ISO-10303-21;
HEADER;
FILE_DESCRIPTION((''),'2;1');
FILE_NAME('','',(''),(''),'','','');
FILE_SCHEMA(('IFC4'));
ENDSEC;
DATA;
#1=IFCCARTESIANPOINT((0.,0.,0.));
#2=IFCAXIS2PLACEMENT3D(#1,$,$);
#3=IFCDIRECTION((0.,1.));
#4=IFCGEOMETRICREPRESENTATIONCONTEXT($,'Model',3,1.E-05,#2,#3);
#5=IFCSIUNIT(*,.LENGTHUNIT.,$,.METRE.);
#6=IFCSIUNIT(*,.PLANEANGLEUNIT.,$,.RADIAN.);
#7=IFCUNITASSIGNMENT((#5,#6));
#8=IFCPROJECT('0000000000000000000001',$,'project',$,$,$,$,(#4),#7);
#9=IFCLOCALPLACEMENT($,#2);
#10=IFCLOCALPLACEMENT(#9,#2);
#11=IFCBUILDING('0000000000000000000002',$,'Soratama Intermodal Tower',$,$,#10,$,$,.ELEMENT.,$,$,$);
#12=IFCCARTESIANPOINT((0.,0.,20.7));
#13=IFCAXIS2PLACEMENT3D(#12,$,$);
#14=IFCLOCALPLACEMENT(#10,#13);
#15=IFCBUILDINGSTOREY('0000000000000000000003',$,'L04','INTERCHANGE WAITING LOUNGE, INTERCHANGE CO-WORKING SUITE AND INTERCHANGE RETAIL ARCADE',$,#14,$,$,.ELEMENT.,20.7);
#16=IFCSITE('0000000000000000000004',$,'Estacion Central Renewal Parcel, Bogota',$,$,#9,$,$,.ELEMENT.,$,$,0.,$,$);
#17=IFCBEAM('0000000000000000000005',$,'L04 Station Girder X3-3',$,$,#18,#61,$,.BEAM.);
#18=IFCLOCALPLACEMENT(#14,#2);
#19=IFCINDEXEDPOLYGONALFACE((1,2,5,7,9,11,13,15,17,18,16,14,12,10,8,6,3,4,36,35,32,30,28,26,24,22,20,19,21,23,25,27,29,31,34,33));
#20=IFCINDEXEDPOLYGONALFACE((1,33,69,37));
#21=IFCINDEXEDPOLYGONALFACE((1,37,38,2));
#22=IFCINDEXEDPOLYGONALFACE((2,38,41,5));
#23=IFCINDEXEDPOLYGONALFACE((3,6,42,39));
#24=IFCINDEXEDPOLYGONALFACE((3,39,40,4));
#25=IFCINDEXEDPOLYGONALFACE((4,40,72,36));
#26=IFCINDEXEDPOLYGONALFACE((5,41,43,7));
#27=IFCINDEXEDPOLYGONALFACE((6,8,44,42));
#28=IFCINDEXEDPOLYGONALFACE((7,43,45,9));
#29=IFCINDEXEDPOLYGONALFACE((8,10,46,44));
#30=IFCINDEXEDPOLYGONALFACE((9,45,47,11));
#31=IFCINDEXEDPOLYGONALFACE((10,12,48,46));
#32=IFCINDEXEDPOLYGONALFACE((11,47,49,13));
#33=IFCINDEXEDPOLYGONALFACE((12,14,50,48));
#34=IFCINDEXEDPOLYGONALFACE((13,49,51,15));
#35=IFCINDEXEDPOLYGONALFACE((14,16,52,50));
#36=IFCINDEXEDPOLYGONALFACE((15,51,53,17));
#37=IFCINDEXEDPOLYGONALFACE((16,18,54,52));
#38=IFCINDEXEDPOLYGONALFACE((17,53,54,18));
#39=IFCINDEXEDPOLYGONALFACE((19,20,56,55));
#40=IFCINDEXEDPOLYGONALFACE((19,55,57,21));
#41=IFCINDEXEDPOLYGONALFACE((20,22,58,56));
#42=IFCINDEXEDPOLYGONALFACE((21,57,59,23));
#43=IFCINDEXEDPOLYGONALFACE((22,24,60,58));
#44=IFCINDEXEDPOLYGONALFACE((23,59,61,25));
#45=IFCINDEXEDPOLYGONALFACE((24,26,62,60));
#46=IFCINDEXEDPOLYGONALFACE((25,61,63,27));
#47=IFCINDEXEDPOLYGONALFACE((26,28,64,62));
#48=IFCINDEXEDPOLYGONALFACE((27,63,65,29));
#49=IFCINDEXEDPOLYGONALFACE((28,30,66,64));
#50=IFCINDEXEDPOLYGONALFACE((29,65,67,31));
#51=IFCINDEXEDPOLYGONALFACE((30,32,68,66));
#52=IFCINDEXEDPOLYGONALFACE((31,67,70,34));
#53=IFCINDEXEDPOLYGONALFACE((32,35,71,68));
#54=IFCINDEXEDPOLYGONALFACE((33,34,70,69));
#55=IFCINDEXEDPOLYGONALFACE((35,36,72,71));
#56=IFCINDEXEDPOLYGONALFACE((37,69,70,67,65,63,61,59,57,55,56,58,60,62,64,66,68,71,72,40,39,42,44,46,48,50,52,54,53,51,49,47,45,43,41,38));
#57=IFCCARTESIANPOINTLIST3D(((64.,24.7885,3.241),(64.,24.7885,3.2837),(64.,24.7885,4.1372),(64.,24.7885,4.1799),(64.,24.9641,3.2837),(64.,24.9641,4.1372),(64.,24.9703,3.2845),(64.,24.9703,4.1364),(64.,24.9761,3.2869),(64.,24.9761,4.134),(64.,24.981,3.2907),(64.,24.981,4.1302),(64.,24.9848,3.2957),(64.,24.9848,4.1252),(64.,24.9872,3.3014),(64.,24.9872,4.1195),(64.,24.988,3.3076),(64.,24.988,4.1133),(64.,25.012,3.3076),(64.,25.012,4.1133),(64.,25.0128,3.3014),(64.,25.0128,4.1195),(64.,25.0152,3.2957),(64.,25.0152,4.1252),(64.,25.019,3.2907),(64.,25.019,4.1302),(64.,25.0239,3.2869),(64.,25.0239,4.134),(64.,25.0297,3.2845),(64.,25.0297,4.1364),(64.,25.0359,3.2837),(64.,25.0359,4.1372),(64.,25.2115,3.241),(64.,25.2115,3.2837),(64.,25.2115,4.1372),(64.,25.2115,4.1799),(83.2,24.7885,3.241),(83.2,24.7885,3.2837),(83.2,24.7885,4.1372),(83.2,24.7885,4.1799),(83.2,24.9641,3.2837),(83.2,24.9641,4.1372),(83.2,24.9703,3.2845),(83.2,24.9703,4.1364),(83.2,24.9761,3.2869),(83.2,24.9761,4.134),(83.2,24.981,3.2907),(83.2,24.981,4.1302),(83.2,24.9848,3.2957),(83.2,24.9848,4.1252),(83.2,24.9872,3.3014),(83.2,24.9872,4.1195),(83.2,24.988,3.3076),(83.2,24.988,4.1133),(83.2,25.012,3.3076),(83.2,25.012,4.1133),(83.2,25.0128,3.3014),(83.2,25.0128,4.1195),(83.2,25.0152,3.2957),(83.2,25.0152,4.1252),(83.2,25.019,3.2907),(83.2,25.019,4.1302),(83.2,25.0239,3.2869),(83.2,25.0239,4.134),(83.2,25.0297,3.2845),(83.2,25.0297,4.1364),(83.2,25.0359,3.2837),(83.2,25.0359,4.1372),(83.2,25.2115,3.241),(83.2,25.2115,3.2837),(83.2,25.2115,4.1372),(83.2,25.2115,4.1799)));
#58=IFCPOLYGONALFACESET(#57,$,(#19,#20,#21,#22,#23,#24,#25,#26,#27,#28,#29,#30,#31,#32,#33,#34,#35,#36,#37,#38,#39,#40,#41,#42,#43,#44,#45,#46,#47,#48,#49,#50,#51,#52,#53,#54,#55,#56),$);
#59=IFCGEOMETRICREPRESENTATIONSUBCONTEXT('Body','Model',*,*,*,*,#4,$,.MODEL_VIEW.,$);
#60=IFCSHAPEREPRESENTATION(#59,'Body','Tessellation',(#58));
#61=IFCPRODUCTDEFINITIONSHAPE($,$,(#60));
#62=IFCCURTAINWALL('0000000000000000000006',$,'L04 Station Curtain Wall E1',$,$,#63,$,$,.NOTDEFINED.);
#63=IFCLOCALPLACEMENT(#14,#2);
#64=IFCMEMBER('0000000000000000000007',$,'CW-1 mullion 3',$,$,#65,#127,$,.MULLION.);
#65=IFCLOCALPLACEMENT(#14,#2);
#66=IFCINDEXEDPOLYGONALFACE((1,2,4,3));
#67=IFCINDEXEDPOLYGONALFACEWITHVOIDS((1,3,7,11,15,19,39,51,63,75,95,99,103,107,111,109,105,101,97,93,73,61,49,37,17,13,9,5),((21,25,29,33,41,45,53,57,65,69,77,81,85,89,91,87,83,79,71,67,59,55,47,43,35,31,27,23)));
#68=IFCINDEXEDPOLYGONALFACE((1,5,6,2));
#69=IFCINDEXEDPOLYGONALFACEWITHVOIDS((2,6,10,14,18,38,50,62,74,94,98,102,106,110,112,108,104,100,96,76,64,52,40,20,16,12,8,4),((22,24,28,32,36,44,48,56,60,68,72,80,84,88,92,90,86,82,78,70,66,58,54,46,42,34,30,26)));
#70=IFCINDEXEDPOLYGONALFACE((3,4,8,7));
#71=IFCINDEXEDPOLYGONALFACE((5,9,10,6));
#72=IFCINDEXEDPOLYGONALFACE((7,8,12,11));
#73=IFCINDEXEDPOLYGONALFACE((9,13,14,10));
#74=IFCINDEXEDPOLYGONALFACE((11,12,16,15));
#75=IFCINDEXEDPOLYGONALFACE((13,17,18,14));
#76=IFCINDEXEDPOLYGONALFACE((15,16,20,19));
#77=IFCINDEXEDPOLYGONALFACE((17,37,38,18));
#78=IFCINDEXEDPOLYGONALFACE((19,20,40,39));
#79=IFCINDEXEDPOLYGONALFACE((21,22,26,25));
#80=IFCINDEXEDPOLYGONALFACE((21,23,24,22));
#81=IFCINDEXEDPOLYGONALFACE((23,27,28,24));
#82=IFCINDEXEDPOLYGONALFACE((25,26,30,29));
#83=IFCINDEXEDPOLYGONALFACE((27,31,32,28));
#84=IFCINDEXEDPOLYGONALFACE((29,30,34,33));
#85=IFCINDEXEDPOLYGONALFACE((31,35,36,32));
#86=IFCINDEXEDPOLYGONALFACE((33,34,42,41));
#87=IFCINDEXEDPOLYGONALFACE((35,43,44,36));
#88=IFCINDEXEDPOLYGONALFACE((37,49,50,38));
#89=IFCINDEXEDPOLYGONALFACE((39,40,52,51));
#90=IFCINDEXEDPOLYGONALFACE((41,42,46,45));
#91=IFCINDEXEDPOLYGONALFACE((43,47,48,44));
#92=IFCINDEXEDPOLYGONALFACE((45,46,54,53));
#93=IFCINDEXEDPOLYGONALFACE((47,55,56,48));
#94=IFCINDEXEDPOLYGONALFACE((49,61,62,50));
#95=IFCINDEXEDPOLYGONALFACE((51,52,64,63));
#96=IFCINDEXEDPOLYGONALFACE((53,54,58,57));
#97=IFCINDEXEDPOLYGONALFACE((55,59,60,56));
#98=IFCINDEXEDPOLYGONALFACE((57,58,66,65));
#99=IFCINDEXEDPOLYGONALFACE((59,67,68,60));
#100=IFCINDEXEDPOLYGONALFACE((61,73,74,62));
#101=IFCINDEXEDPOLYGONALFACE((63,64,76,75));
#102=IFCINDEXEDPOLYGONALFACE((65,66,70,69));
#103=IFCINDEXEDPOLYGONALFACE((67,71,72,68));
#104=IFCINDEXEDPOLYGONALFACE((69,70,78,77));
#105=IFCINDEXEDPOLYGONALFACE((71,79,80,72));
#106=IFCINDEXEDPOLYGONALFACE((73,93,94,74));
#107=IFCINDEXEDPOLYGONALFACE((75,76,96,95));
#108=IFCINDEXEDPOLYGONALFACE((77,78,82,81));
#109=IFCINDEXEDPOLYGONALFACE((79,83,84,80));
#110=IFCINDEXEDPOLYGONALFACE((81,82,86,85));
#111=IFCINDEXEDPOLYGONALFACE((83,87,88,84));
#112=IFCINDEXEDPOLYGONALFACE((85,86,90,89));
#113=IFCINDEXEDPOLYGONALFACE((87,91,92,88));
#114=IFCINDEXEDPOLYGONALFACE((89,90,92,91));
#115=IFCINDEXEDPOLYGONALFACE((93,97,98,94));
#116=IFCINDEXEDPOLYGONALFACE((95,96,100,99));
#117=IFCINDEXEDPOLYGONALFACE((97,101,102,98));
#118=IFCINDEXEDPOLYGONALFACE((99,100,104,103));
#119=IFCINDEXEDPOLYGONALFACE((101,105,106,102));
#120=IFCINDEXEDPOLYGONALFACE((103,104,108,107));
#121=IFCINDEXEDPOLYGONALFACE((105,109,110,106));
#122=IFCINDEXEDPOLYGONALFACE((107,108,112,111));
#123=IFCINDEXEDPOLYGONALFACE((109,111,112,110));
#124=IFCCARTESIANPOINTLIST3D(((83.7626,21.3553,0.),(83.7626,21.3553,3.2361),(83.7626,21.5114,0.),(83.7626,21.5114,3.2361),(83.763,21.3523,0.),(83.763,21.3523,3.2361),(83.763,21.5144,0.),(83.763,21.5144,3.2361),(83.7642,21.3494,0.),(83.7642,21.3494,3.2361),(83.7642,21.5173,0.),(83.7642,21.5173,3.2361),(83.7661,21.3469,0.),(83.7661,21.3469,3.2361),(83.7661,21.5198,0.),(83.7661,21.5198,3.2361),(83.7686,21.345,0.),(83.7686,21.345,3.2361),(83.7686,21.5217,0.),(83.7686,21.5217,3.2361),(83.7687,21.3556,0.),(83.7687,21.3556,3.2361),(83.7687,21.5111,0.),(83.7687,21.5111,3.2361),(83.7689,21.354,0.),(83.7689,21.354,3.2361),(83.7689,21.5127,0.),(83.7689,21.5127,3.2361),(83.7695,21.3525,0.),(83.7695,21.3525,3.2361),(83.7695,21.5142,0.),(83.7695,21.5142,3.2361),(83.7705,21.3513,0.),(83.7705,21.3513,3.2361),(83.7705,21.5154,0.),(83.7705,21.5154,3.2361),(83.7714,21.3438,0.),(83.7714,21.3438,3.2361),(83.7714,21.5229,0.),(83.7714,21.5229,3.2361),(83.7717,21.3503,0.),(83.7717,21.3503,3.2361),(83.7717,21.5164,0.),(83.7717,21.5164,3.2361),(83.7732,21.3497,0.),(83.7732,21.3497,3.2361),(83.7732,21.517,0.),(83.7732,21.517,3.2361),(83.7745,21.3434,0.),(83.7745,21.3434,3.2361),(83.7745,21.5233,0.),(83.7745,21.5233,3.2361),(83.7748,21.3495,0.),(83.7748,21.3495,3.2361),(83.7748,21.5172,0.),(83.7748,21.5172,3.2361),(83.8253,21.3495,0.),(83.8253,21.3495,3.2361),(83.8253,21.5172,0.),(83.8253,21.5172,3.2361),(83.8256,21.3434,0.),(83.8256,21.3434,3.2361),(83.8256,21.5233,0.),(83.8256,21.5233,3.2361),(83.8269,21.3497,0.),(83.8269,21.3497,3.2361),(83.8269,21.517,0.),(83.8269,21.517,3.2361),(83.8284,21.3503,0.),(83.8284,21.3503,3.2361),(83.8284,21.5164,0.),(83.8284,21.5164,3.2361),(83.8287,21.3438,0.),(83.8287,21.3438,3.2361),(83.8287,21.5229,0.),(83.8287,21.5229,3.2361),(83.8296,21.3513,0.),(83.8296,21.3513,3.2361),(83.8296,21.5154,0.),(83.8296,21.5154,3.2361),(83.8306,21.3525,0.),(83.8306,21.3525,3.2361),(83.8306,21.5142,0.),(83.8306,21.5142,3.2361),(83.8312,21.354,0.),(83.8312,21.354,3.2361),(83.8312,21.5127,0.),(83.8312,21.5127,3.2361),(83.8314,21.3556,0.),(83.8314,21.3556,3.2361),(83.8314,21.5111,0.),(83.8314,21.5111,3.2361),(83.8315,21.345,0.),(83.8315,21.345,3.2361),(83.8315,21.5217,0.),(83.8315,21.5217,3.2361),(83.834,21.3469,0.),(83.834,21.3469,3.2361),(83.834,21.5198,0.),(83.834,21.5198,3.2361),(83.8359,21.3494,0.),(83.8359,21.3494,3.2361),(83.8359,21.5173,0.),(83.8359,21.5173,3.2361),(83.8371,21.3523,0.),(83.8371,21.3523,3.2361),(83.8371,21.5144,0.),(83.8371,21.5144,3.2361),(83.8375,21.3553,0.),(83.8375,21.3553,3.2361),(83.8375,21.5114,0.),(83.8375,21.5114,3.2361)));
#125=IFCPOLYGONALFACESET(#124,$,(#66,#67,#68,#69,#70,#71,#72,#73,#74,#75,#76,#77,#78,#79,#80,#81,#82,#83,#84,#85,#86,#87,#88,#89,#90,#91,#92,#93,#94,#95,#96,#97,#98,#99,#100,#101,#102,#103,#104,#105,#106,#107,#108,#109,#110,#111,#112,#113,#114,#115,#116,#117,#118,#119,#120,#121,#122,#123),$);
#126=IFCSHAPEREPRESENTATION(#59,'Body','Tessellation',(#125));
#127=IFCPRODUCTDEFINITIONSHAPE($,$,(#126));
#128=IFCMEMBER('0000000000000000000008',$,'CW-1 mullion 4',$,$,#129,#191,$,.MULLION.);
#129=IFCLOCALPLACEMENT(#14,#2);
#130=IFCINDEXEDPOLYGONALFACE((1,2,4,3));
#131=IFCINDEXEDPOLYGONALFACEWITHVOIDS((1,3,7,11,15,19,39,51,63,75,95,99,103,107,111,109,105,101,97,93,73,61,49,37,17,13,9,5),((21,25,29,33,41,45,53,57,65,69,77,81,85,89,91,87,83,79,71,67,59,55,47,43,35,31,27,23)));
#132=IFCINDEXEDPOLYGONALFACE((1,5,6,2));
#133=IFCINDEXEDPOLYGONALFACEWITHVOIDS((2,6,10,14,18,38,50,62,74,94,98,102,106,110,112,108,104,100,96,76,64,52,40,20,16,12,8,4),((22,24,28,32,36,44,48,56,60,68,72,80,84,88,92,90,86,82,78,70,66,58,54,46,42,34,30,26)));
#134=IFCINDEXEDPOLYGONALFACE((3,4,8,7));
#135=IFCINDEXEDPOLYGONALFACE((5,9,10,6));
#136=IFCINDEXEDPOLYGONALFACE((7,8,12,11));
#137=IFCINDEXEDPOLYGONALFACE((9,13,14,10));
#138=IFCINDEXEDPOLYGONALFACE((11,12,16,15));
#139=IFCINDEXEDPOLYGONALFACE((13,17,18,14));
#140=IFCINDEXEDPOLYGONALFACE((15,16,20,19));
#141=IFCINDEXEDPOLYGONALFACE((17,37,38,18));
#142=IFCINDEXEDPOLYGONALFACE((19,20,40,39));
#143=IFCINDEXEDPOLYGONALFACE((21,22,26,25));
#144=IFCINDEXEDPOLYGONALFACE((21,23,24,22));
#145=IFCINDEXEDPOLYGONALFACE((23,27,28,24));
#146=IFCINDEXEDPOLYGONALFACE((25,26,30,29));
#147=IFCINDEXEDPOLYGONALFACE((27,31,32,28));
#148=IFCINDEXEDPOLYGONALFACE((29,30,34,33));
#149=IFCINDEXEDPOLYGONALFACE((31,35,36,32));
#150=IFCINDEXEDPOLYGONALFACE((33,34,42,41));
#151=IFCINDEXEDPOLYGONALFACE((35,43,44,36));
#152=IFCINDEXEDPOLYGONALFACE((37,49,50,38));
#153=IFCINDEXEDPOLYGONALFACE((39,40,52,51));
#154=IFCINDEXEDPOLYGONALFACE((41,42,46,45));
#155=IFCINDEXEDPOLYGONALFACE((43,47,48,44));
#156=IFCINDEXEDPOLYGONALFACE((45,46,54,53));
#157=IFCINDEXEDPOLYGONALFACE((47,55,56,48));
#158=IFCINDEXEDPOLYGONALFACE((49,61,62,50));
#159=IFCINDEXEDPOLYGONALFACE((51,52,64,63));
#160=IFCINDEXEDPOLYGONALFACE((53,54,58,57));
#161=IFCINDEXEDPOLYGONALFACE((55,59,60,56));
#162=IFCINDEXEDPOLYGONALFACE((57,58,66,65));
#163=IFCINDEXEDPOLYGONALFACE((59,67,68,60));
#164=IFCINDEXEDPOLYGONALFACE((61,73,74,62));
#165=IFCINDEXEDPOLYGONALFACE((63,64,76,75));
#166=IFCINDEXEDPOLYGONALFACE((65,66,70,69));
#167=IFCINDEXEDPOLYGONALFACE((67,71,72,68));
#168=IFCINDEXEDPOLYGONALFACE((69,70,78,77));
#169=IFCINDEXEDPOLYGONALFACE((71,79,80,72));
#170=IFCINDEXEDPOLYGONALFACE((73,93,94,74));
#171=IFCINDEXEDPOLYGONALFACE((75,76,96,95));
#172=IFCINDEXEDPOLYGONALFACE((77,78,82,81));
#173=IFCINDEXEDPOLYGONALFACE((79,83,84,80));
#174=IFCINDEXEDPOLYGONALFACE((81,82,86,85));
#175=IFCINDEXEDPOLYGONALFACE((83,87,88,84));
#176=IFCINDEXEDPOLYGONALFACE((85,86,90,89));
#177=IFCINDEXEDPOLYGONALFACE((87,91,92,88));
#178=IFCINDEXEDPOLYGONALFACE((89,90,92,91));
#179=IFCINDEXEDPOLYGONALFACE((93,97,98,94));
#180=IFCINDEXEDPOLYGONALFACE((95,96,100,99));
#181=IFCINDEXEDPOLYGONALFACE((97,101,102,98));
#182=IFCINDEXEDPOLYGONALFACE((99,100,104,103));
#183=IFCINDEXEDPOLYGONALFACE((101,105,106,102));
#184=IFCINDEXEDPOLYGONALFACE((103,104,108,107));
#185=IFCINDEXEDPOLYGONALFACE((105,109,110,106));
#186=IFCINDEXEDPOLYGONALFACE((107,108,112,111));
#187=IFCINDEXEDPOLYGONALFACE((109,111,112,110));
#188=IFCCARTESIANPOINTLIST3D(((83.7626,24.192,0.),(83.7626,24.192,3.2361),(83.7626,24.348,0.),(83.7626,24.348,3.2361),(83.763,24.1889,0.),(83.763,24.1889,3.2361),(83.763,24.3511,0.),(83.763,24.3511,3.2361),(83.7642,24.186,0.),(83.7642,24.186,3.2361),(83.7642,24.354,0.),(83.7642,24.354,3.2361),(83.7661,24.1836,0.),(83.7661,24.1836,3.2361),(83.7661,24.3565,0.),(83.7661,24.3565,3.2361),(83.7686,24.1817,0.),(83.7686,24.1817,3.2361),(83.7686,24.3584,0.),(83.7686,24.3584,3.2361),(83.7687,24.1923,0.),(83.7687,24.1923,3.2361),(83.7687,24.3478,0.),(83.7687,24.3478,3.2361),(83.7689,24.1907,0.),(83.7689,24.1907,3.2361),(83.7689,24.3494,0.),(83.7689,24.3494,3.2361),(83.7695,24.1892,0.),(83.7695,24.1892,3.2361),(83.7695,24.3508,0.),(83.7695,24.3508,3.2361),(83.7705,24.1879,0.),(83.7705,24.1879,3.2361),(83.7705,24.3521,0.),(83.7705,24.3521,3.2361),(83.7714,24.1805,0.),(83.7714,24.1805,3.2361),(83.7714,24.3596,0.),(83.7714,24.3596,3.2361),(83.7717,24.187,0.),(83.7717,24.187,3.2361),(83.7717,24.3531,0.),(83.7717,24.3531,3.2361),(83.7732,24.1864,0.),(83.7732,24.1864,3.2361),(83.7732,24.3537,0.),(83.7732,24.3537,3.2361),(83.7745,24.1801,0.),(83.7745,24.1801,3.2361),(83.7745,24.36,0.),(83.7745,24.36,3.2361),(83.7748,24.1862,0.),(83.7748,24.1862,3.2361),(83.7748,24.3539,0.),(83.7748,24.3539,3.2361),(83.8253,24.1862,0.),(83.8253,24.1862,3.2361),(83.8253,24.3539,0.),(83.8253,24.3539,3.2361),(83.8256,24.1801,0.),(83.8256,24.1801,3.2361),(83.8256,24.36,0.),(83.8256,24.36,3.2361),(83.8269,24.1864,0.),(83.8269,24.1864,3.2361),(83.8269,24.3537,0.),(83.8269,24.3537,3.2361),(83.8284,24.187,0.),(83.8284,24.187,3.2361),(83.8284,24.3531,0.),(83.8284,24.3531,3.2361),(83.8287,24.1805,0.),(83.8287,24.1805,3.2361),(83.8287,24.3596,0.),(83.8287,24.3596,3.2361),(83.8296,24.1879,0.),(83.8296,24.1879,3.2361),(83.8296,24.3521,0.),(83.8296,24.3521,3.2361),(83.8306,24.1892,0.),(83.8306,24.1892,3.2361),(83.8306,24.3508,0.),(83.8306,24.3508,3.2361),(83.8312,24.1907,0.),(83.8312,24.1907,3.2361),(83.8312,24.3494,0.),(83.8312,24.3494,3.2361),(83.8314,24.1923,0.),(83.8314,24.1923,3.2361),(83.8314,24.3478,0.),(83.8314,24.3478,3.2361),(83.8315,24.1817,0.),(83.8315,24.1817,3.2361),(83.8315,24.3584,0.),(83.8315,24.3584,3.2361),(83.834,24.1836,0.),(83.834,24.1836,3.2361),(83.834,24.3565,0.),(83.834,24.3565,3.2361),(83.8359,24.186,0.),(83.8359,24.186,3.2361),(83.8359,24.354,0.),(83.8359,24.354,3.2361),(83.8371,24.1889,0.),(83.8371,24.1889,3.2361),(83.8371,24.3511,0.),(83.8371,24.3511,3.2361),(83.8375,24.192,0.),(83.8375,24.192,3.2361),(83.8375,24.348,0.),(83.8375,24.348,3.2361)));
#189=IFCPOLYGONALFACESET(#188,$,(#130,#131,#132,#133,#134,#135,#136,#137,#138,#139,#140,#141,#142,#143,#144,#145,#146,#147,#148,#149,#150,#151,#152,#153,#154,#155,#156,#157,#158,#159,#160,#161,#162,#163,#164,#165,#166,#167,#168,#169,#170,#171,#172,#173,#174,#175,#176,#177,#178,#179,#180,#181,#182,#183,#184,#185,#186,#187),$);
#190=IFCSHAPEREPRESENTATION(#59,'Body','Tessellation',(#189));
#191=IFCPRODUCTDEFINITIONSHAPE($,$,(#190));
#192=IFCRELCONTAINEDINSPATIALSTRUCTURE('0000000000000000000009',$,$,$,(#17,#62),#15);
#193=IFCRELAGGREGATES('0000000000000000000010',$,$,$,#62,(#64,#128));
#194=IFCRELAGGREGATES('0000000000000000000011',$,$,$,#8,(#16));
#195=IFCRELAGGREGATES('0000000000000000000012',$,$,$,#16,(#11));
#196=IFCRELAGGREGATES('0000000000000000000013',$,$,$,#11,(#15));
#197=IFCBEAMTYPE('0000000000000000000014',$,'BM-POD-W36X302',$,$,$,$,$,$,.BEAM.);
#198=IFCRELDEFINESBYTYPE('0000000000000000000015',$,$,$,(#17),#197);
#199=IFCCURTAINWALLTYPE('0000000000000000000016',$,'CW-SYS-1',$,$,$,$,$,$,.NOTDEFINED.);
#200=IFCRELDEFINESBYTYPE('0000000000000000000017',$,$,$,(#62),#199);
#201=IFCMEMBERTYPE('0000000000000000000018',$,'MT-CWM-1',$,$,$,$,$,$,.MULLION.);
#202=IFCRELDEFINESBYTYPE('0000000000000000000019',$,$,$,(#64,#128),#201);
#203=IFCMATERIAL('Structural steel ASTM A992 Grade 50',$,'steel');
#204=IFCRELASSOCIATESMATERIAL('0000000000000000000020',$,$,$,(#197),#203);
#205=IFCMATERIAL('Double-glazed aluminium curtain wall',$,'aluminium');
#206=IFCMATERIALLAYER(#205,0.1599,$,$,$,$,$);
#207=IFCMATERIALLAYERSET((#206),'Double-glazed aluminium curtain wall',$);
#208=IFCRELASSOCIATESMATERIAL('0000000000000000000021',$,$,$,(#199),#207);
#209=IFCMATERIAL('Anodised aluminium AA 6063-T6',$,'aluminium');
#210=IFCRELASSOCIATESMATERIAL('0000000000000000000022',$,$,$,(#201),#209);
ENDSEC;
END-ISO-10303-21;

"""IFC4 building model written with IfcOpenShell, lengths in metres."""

from ifc_helpers import new_model, si_unit, direction, frame, origin, origin_2d, place, context, subcontext, project, spatial, hollow_rectangle, i_section, extrude, material, layer, layer_set, material_profile, profile_set, type_object, element, aggregate, save


model = new_model("IFC4")

# Units and contexts
model_context = context("Model", 3, precision=1e-05, world=origin(), true_north=direction((0.0, 1.0)))
body_context = subcontext(model_context, "Body", "Model", "MODEL_VIEW")
ifc_project = project(units=[si_unit("LENGTHUNIT", "METRE"), si_unit("PLANEANGLEUNIT", "RADIAN")], contexts=[model_context])

# Site, building, storey
site_placement = place(None, origin())
site = spatial("IfcSite", under=ifc_project, at=site_placement, Name="Estacion Central Renewal Parcel, Bogota", CompositionType="ELEMENT", RefElevation=0.0)
building_placement = place(site_placement, origin())
building = spatial("IfcBuilding", under=site, at=building_placement, Name="Soratama Intermodal Tower", CompositionType="ELEMENT")
storey_placement = place(building_placement, frame((0.0, 0.0, 20.7)))
storey = spatial("IfcBuildingStorey", under=building, at=storey_placement, Name="L04", Description="INTERCHANGE WAITING LOUNGE, INTERCHANGE CO-WORKING SUITE AND INTERCHANGE RETAIL ARCADE", CompositionType="ELEMENT", Elevation=20.7)

# Beam
ifc_material_1 = material(Name="Structural steel ASTM A992 Grade 50", Category="steel")
ifc_material_profile_1 = material_profile(ifc_material_1, i_section(OverallWidth=0.4231, OverallDepth=0.939, WebThickness=0.0239, FlangeThickness=0.0427, FilletRadius=0.0239, at=origin_2d()), Name="W36X302")
ifc_profile_set_1 = profile_set([ifc_material_profile_1], Name="Structural steel ASTM A992 Grade 50")
beam_type_1 = type_object("IfcBeamType", Name="BM-POD-W36X302", PredefinedType="BEAM", material=ifc_profile_set_1)
beam_1_placement = place(storey_placement, frame((64.0, 25.0, 3.7104), z_axis=(1.0, 0.0, 0.0), x_axis=(0.0, 1.0, 0.0)))
element("IfcBeam", 1, at=beam_1_placement, inside=storey, type_object=beam_type_1, Name="L04 Station Girder X3-3", PredefinedType="BEAM", context=body_context, shape_type="SweptSolid", body=[
    extrude(i_section(OverallWidth=0.4231, OverallDepth=0.939, WebThickness=0.0239, FlangeThickness=0.0427, FilletRadius=0.0239, at=origin_2d()), origin(), (0.0, 0.0, 1.0), 19.2),
])

# Curtain wall, members
ifc_material_2 = material(Name="Double-glazed aluminium curtain wall", Category="aluminium")
ifc_layer_1 = layer(ifc_material_2, 0.1599)
ifc_layer_set_1 = layer_set([ifc_layer_1], Name="Double-glazed aluminium curtain wall")
curtain_wall_type = type_object("IfcCurtainWallType", Name="CW-SYS-1", PredefinedType="NOTDEFINED", material=ifc_layer_set_1)
curtain_wall_1_placement = place(storey_placement, origin())
curtain_wall_1 = element("IfcCurtainWall", 2, at=curtain_wall_1_placement, inside=storey, type_object=curtain_wall_type, Name="L04 Station Curtain Wall E1", PredefinedType="NOTDEFINED")
ifc_material_3 = material(Name="Anodised aluminium AA 6063-T6", Category="aluminium")
ifc_material_profile_2 = material_profile(ifc_material_3, hollow_rectangle(XDim=0.075, YDim=0.1799, WallThickness=0.0061, InnerFilletRadius=0.0061, OuterFilletRadius=0.012, at=origin_2d()), Name="CWM180X75X6")
ifc_profile_set_2 = profile_set([ifc_material_profile_2], Name="Anodised aluminium AA 6063-T6")
member_type_1 = type_object("IfcMemberType", Name="MT-CWM-1", PredefinedType="MULLION", material=ifc_profile_set_2)
member_1_placement = place(storey_placement, frame((83.8, 21.4333, 0.0), z_axis=(0.0, 0.0, 1.0), x_axis=(-1.0, 0.0, 0.0)))
member_1 = element("IfcMember", 3, at=member_1_placement, type_object=member_type_1, Name="CW-1 mullion 3", PredefinedType="MULLION", context=body_context, shape_type="SweptSolid", body=[
    extrude(hollow_rectangle(XDim=0.075, YDim=0.1799, WallThickness=0.0061, InnerFilletRadius=0.0061, OuterFilletRadius=0.012, at=origin_2d()), origin(), (0.0, 0.0, 1.0), 3.2361),
])
member_2_placement = place(storey_placement, frame((83.8, 24.27, 0.0), z_axis=(0.0, 0.0, 1.0), x_axis=(-1.0, 0.0, 0.0)))
member_2 = element("IfcMember", 4, at=member_2_placement, type_object=member_type_1, Name="CW-1 mullion 4", PredefinedType="MULLION", context=body_context, shape_type="SweptSolid", body=[
    extrude(hollow_rectangle(XDim=0.075, YDim=0.1799, WallThickness=0.0061, InnerFilletRadius=0.0061, OuterFilletRadius=0.012, at=origin_2d()), origin(), (0.0, 0.0, 1.0), 3.2361),
])

aggregate(curtain_wall_1, [member_1, member_2])

save(model, "model.ifc")
